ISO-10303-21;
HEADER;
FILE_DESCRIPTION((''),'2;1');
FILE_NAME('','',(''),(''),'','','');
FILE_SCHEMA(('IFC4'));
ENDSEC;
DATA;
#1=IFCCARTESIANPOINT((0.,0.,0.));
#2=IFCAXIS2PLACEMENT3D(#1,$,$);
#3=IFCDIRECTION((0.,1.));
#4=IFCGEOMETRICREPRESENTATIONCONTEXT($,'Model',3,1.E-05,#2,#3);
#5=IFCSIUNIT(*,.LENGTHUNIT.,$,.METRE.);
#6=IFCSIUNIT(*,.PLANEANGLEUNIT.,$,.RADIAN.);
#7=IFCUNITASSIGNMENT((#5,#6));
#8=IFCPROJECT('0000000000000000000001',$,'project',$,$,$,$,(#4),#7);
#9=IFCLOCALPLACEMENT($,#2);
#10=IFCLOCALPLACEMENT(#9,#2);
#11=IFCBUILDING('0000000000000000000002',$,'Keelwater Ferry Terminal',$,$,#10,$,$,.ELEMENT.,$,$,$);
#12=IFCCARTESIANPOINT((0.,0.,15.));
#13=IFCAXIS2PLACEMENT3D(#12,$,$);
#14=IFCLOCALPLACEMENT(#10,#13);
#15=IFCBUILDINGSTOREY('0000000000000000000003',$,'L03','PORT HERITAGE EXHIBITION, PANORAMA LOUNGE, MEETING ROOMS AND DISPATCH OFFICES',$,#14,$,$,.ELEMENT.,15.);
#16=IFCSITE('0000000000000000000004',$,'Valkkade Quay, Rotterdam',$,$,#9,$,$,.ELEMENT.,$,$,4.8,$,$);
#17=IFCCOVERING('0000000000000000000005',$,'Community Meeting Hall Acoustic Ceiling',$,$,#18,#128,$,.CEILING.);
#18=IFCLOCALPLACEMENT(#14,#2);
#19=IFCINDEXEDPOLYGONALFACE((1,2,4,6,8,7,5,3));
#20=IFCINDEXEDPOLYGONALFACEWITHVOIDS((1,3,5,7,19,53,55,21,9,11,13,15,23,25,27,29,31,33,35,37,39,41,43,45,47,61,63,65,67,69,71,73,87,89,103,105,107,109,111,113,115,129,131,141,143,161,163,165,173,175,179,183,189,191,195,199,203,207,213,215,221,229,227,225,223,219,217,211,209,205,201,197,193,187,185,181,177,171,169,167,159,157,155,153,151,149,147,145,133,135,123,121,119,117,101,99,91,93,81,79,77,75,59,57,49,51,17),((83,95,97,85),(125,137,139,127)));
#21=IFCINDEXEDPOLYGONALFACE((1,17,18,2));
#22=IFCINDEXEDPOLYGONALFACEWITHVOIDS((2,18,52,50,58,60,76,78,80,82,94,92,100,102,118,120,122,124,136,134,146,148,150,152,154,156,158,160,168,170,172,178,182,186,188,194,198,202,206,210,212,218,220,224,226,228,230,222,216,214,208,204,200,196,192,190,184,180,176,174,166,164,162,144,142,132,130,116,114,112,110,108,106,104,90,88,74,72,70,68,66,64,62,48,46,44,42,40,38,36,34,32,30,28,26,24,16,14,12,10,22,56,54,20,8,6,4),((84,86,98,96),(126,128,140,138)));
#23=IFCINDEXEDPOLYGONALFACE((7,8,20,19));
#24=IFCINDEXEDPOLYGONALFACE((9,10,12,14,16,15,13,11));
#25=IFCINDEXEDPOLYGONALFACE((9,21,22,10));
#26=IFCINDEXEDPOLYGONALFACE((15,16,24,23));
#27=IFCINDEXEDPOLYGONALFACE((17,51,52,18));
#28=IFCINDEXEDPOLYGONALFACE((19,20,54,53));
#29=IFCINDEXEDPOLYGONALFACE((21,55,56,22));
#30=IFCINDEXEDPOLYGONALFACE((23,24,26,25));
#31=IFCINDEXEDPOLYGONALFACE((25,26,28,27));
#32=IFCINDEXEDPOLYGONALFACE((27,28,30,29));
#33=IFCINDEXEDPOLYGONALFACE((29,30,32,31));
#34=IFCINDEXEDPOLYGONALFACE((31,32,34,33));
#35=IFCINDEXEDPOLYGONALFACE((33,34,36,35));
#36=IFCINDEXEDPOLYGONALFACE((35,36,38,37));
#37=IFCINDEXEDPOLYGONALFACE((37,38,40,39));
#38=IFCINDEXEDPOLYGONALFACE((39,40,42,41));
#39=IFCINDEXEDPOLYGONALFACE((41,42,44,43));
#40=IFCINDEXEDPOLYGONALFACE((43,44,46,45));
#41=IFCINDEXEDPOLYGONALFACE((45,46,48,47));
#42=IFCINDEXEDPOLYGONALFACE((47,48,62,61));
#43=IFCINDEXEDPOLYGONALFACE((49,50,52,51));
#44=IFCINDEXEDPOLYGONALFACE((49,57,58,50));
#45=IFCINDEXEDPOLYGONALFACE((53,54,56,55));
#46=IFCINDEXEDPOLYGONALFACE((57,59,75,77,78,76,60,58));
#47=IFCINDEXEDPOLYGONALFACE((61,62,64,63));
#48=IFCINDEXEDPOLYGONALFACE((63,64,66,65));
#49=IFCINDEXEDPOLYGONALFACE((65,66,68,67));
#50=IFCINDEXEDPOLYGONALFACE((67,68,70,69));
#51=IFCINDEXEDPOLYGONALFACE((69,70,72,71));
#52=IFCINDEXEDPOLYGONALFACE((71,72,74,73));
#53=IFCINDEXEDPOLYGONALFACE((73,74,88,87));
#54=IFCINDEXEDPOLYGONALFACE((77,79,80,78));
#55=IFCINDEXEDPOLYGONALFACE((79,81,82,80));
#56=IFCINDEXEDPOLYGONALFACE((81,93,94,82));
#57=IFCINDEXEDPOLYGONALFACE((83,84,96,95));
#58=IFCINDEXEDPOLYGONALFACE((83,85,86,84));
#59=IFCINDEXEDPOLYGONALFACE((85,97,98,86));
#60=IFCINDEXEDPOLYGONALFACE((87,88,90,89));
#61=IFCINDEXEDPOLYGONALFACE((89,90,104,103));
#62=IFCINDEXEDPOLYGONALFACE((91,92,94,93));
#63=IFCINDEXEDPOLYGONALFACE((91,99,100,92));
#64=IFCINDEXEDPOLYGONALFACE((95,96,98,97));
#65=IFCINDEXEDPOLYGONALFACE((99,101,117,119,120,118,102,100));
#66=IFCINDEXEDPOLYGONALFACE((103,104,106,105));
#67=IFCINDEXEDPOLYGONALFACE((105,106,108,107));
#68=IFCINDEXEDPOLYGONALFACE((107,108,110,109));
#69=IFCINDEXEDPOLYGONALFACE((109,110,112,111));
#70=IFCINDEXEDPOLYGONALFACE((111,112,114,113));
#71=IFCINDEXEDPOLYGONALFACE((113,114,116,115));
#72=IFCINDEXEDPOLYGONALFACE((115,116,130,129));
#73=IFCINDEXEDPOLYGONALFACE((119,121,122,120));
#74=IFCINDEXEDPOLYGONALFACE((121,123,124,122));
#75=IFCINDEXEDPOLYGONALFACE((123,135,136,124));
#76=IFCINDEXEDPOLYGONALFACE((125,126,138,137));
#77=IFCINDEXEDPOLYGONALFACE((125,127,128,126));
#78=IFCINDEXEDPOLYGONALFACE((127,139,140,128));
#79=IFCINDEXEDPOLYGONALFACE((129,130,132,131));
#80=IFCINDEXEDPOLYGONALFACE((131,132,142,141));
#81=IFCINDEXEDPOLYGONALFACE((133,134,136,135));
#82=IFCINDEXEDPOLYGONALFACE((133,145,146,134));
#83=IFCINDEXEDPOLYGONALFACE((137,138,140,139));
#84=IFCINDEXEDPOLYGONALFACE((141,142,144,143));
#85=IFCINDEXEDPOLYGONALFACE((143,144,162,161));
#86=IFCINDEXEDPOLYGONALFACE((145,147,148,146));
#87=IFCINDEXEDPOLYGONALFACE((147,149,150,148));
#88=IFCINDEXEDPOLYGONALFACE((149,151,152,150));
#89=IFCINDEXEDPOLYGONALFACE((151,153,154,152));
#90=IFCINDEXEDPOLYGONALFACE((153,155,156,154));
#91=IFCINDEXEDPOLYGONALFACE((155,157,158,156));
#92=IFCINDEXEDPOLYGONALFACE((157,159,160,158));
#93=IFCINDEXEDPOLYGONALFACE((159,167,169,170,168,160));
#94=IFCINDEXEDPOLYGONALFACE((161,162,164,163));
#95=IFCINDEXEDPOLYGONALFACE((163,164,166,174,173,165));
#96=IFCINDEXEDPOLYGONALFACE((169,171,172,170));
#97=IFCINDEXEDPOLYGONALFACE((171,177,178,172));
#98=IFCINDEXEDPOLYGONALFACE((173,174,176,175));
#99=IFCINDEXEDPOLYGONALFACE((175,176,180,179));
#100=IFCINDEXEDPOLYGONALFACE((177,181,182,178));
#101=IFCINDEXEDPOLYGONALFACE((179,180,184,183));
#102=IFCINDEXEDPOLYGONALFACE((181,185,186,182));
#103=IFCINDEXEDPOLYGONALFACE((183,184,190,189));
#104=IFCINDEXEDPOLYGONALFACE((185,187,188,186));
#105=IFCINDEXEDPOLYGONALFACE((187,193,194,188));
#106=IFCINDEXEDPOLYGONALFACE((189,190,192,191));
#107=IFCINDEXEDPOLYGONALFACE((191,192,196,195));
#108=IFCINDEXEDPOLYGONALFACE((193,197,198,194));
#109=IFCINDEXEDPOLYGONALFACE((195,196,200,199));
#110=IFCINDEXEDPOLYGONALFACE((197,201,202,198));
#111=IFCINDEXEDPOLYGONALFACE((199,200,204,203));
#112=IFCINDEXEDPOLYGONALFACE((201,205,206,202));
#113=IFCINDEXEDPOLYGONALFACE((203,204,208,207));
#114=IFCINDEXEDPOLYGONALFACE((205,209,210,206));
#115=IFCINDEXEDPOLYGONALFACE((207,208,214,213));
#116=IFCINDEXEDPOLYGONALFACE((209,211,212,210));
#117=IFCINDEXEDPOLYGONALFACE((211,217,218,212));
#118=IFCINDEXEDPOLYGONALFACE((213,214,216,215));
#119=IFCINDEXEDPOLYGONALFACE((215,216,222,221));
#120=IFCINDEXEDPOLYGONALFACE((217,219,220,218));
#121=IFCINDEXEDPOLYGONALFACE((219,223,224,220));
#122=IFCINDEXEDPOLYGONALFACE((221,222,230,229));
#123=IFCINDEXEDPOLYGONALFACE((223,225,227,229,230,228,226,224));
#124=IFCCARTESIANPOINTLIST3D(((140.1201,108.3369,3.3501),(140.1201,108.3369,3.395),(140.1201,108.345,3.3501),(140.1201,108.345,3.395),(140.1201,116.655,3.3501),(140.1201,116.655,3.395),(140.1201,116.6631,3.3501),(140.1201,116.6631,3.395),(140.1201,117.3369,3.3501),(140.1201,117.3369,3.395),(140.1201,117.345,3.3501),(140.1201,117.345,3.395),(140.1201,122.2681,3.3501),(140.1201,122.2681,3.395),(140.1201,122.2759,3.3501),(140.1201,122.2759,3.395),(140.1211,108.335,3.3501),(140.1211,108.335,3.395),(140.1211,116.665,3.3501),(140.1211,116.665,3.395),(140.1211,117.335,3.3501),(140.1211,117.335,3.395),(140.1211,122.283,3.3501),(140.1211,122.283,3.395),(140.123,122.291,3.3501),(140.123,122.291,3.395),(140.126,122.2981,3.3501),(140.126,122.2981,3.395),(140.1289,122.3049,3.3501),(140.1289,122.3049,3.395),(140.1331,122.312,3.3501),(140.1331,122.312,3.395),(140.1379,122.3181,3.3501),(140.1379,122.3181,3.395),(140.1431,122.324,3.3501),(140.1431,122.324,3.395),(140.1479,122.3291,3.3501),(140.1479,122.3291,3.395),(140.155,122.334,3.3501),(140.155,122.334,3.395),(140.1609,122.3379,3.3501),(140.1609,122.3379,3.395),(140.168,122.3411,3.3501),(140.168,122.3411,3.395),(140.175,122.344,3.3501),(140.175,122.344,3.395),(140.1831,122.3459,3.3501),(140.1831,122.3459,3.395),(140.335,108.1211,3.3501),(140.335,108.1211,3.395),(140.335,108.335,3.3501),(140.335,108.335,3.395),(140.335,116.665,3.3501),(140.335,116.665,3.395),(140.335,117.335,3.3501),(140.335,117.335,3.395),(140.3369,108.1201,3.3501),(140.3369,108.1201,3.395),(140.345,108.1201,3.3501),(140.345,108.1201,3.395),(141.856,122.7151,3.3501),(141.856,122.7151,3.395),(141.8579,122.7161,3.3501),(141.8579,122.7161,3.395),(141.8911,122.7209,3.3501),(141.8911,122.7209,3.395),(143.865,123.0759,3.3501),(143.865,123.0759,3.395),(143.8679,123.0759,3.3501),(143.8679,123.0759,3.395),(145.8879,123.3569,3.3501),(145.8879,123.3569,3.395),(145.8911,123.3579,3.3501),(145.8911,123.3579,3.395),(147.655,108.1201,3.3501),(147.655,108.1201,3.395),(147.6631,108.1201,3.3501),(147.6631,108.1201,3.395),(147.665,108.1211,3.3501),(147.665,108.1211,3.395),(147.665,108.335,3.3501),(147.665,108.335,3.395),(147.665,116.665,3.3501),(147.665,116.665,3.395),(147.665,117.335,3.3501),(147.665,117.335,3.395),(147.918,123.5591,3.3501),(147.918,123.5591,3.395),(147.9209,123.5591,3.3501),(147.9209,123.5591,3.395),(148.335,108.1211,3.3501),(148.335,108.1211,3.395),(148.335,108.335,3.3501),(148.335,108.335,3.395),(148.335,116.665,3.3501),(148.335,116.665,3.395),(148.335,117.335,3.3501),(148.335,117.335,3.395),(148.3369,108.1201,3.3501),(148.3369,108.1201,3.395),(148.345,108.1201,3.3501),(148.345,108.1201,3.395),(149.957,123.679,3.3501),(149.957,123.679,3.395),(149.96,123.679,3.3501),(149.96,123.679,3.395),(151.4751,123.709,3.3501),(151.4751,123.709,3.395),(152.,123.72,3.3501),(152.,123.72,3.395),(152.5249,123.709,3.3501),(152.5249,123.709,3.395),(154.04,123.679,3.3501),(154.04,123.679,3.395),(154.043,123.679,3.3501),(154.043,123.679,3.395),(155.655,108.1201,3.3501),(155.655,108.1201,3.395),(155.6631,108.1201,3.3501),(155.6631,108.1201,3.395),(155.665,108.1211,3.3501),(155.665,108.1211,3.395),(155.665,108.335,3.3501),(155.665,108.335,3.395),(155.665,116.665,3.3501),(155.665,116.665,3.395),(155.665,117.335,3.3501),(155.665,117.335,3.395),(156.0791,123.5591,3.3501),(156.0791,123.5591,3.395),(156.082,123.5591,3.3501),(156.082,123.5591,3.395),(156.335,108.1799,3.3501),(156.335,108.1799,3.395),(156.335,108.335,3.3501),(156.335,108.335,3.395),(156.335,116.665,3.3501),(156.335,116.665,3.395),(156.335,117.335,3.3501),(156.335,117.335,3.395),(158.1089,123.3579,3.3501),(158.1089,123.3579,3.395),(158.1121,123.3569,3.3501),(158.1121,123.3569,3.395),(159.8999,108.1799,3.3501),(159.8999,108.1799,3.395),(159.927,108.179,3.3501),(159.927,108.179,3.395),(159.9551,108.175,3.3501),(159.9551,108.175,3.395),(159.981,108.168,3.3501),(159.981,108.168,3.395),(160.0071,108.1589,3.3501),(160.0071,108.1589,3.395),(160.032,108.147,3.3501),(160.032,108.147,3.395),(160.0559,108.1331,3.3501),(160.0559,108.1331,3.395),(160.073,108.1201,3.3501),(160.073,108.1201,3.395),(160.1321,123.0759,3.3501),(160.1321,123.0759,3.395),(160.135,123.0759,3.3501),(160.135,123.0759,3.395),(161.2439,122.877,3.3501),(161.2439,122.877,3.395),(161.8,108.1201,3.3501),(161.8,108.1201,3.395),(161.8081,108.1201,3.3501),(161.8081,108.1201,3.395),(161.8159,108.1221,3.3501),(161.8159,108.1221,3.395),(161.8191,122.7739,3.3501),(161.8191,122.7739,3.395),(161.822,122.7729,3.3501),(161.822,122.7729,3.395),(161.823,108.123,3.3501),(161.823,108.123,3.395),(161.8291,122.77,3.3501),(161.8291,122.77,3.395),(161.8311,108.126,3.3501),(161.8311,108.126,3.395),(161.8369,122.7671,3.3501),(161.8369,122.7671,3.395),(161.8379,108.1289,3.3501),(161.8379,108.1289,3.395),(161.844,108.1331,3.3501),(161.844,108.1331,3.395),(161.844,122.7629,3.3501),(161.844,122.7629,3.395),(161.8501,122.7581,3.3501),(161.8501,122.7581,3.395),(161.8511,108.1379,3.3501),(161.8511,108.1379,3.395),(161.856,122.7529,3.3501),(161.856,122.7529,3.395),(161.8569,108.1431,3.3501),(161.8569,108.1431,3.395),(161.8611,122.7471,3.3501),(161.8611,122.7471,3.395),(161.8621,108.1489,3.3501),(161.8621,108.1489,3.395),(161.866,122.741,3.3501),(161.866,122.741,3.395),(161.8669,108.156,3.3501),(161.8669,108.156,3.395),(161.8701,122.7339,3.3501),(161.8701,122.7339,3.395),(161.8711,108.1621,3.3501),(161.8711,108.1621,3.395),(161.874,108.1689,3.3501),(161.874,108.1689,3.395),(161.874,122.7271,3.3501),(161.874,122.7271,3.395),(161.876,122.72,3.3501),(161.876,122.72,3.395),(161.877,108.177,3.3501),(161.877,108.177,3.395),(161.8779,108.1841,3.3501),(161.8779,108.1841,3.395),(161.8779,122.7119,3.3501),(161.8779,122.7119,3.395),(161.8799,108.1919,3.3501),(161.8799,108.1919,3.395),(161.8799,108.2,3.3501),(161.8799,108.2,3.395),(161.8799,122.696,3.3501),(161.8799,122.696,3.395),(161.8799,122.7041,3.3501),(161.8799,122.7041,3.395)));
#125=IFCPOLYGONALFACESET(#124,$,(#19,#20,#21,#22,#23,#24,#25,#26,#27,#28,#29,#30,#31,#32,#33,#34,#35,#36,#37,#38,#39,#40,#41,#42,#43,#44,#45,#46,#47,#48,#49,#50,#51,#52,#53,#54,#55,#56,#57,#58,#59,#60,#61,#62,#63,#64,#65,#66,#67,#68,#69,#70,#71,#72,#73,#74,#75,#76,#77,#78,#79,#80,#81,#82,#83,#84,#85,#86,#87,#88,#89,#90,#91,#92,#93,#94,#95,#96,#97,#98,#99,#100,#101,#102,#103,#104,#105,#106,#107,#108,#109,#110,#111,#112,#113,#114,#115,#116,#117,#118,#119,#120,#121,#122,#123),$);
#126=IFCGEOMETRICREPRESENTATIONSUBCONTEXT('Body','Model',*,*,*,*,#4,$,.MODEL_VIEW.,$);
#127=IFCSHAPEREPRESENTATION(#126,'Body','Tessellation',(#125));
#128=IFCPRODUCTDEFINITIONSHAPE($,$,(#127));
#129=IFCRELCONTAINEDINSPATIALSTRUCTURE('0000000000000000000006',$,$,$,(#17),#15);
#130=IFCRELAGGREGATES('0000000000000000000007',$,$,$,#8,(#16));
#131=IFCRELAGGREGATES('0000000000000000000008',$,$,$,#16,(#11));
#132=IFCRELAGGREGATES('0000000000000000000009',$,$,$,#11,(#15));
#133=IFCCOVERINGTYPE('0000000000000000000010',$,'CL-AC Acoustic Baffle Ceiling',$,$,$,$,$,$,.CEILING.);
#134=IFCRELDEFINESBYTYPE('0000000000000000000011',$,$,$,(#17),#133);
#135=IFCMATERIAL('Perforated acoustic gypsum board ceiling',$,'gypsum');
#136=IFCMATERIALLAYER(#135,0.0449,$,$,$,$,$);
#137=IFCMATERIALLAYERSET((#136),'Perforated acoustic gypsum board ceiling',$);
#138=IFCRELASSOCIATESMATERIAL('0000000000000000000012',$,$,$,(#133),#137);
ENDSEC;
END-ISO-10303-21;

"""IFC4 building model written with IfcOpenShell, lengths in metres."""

from ifc_helpers import new_model, si_unit, direction, frame, origin, place, context, subcontext, project, spatial, polyline, outline, extrude, material, layer, layer_set, type_object, element, save


model = new_model("IFC4")

# Units and contexts
model_context = context("Model", 3, precision=1e-05, world=origin(), true_north=direction((0.0, 1.0)))
body_context = subcontext(model_context, "Body", "Model", "MODEL_VIEW")
ifc_project = project(units=[si_unit("LENGTHUNIT", "METRE"), si_unit("PLANEANGLEUNIT", "RADIAN")], contexts=[model_context])

# Site, building, storey
site_placement = place(None, origin())
site = spatial("IfcSite", under=ifc_project, at=site_placement, Name="Valkkade Quay, Rotterdam", CompositionType="ELEMENT", RefElevation=4.8)
building_placement = place(site_placement, origin())
building = spatial("IfcBuilding", under=site, at=building_placement, Name="Keelwater Ferry Terminal", CompositionType="ELEMENT")
storey_placement = place(building_placement, frame((0.0, 0.0, 15.0)))
storey = spatial("IfcBuildingStorey", under=building, at=storey_placement, Name="L03", Description="PORT HERITAGE EXHIBITION, PANORAMA LOUNGE, MEETING ROOMS AND DISPATCH OFFICES", CompositionType="ELEMENT", Elevation=15.0)

# Covering
ifc_material_1 = material(Name="Perforated acoustic gypsum board ceiling", Category="gypsum")
ifc_layer_1 = layer(ifc_material_1, 0.0449)
ifc_layer_set_1 = layer_set([ifc_layer_1], Name="Perforated acoustic gypsum board ceiling")
covering_type_1 = type_object("IfcCoveringType", Name="CL-AC Acoustic Baffle Ceiling", PredefinedType="CEILING", material=ifc_layer_set_1)
covering_1_placement = place(storey_placement, frame((0.0, 0.0, 3.3501)))
element("IfcCovering", 1, at=covering_1_placement, inside=storey, type_object=covering_type_1, Name="Community Meeting Hall Acoustic Ceiling", PredefinedType="CEILING", context=body_context, shape_type="SweptSolid", body=[
    extrude(outline(polyline([(141.8911, 122.7209), (143.865, 123.0759), (143.8679, 123.0759), (145.8879, 123.3569), (145.8911, 123.3579), (147.918, 123.5591), (147.9209, 123.5591), (149.957, 123.679), (149.96, 123.679), (151.4751, 123.709), (152.0, 123.72), (152.5249, 123.709), (154.04, 123.679), (154.043, 123.679), (156.0791, 123.5591), (156.082, 123.5591), (158.1089, 123.3579), (158.1121, 123.3569), (160.1321, 123.0759), (160.135, 123.0759), (161.2439, 122.877), (161.8191, 122.7739), (161.822, 122.7729), (161.8291, 122.77), (161.8369, 122.7671), (161.844, 122.7629), (161.8501, 122.7581), (161.856, 122.7529), (161.8611, 122.7471), (161.866, 122.741), (161.8701, 122.7339), (161.874, 122.7271), (161.876, 122.72), (161.8779, 122.7119), (161.8799, 122.7041), (161.8799, 122.696), (161.8799, 108.2), (161.8799, 108.1919), (161.8779, 108.1841), (161.877, 108.177), (161.874, 108.1689), (161.8711, 108.1621), (161.8669, 108.156), (161.8621, 108.1489), (161.8569, 108.1431), (161.8511, 108.1379), (161.844, 108.1331), (161.8379, 108.1289), (161.8311, 108.126), (161.823, 108.123), (161.8159, 108.1221), (161.8081, 108.1201), (161.8, 108.1201), (160.073, 108.1201), (160.0559, 108.1331), (160.032, 108.147), (160.0071, 108.1589), (159.981, 108.168), (159.9551, 108.175), (159.927, 108.179), (159.8999, 108.1799), (156.335, 108.1799), (156.335, 108.335), (155.665, 108.335), (155.665, 108.1211), (155.6631, 108.1201), (155.655, 108.1201), (148.345, 108.1201), (148.3369, 108.1201), (148.335, 108.1211), (148.335, 108.335), (147.665, 108.335), (147.665, 108.1211), (147.6631, 108.1201), (147.655, 108.1201), (140.345, 108.1201), (140.3369, 108.1201), (140.335, 108.1211), (140.335, 108.335), (140.1211, 108.335), (140.1201, 108.3369), (140.1201, 108.345), (140.1201, 116.655), (140.1201, 116.6631), (140.1211, 116.665), (140.335, 116.665), (140.335, 117.335), (140.1211, 117.335), (140.1201, 117.3369), (140.1201, 117.345), (140.1201, 122.2681), (140.1201, 122.2759), (140.1211, 122.283), (140.123, 122.291), (140.126, 122.2981), (140.1289, 122.3049), (140.1331, 122.312), (140.1379, 122.3181), (140.1431, 122.324), (140.1479, 122.3291), (140.155, 122.334), (140.1609, 122.3379), (140.168, 122.3411), (140.175, 122.344), (140.1831, 122.3459), (141.856, 122.7151), (141.8579, 122.7161), (141.8911, 122.7209)]), holes=[polyline([(147.665, 116.665), (148.335, 116.665), (148.335, 117.335), (147.665, 117.335), (147.665, 116.665)]), polyline([(155.665, 116.665), (156.335, 116.665), (156.335, 117.335), (155.665, 117.335), (155.665, 116.665)])]), origin(), (0.0, 0.0, 1.0), 0.0449),
])

save(model, "model.ifc")
